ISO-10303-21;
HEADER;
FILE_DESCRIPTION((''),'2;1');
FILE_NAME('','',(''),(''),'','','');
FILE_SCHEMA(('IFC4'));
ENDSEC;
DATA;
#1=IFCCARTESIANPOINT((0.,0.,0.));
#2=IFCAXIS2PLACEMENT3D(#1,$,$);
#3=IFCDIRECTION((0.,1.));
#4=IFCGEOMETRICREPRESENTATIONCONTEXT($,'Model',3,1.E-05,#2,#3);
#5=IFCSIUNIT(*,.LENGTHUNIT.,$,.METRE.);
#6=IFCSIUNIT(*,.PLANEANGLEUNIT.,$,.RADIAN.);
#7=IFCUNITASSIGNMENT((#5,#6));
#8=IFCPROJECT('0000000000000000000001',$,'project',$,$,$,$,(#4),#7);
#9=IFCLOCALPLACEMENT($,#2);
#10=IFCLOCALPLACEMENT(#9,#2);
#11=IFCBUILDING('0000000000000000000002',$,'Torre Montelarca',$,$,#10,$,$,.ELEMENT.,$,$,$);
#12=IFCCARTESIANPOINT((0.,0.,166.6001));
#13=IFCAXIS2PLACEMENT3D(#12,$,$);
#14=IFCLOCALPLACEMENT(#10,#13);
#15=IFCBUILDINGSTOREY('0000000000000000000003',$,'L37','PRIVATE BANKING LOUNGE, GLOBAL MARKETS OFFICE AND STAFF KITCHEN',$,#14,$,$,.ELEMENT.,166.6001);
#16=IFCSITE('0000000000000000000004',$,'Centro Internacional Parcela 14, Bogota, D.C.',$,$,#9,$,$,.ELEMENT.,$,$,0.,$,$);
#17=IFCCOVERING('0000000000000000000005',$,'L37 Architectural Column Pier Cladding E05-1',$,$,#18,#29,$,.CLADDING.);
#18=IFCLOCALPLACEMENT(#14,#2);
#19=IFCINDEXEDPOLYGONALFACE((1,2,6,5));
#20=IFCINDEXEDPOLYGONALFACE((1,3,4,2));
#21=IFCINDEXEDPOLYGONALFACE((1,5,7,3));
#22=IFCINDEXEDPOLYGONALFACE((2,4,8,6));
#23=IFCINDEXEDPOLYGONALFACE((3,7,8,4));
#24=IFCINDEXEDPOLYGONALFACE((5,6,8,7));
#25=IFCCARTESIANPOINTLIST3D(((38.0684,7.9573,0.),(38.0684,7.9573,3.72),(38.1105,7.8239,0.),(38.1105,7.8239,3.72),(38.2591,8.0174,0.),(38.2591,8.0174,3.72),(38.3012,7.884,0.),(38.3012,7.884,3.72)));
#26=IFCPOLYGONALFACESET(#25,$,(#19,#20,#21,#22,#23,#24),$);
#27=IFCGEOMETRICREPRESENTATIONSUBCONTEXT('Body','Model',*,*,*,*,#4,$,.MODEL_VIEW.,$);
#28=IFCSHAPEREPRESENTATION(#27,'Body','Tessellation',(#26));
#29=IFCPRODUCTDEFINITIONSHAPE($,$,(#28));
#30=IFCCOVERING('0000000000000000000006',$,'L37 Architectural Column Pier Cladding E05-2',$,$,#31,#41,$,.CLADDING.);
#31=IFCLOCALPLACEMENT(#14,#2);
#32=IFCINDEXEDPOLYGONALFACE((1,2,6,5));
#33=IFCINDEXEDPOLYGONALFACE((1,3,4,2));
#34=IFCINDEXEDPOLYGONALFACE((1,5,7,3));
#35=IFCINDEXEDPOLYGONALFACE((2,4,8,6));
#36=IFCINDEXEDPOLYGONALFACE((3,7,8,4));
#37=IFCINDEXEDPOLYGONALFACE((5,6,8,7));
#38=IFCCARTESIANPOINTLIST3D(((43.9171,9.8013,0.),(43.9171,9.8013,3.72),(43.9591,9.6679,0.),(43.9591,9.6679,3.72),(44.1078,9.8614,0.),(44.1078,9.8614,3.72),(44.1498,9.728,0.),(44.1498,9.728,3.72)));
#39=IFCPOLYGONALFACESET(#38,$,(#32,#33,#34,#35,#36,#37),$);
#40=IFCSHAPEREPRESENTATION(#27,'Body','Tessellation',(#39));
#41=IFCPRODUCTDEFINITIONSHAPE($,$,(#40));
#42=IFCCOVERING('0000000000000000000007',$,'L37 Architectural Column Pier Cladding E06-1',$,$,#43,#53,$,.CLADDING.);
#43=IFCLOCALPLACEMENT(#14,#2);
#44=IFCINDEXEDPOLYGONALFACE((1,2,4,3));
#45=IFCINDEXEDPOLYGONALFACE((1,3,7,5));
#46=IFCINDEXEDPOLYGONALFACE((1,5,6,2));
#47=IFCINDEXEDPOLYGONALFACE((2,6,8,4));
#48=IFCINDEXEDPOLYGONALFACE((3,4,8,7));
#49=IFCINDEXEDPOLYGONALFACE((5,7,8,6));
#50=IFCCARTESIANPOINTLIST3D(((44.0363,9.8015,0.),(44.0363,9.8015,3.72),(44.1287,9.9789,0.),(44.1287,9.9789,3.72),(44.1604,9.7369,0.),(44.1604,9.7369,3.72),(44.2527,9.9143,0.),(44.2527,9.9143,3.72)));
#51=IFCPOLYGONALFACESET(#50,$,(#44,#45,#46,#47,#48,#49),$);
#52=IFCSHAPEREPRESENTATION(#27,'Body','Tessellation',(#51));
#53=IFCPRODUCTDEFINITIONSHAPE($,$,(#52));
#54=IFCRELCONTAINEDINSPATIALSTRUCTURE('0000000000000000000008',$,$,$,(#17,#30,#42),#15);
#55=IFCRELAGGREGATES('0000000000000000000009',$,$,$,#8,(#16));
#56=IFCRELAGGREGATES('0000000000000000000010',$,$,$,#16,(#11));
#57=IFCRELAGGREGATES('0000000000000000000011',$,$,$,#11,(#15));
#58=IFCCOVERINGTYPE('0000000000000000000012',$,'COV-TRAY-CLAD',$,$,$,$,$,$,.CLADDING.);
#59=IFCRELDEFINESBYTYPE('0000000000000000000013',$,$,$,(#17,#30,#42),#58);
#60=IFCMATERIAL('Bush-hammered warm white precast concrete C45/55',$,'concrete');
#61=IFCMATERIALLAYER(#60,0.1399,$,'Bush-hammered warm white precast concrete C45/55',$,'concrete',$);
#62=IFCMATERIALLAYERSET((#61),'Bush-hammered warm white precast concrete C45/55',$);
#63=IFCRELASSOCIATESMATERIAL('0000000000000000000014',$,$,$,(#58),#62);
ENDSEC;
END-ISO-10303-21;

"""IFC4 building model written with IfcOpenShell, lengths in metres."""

from ifc_helpers import new_model, si_unit, direction, frame, origin, origin_2d, place, context, subcontext, project, spatial, rectangle, extrude, source, transform, mapped, material, layer, layer_set, type_object, element, save


model = new_model("IFC4")

# Units and contexts
model_context = context("Model", 3, precision=1e-05, world=origin(), true_north=direction((0.0, 1.0)))
body_context = subcontext(model_context, "Body", "Model", "MODEL_VIEW")
ifc_project = project(units=[si_unit("LENGTHUNIT", "METRE"), si_unit("PLANEANGLEUNIT", "RADIAN")], contexts=[model_context])

# Site, building, storey
site_placement = place(None, origin())
site = spatial("IfcSite", under=ifc_project, at=site_placement, Name="Centro Internacional Parcela 14, Bogota, D.C.", CompositionType="ELEMENT", RefElevation=0.0)
building_placement = place(site_placement, origin())
building = spatial("IfcBuilding", under=site, at=building_placement, Name="Torre Montelarca", CompositionType="ELEMENT")
storey_placement = place(building_placement, frame((0.0, 0.0, 166.6001)))
storey = spatial("IfcBuildingStorey", under=building, at=storey_placement, Name="L37", Description="PRIVATE BANKING LOUNGE, GLOBAL MARKETS OFFICE AND STAFF KITCHEN", CompositionType="ELEMENT", Elevation=166.6001)

# Coverings
ifc_material_1 = material(Name="Bush-hammered warm white precast concrete C45/55", Category="concrete")
ifc_layer_1 = layer(ifc_material_1, 0.1399, Name="Bush-hammered warm white precast concrete C45/55", Category="concrete")
ifc_layer_set_1 = layer_set([ifc_layer_1], Name="Bush-hammered warm white precast concrete C45/55")
covering_type = type_object("IfcCoveringType", Name="COV-TRAY-CLAD", PredefinedType="CLADDING", material=ifc_layer_set_1)
shared_shape_1 = source(origin(), body_context, "Body", "SweptSolid", [
    extrude(rectangle(XDim=0.2, YDim=0.1399, at=origin_2d()), origin(), (0.0, 0.0, 1.0), 3.72),
])
for number, where, z_axis, x_axis, name in (
    (1, (38.1848, 7.9207, 0.0), (0.0, 0.0, 1.0), (0.953723, 0.300686, 0.0), "L37 Architectural Column Pier Cladding E05-1"),
    (2, (44.0334, 9.7646, 0.0), (0.0, 0.0, 1.0), (0.953723, 0.300686, 0.0), "L37 Architectural Column Pier Cladding E05-2"),
    (3, (44.1445, 9.8579, 0.0), (0.0, 0.0, 1.0), (0.461744, 0.887013, 0.0), "L37 Architectural Column Pier Cladding E06-1"),
):
    element("IfcCovering", number, at=place(storey_placement, frame(where, z_axis=z_axis, x_axis=x_axis)), inside=storey, type_object=covering_type, Name=name, PredefinedType="CLADDING", context=body_context, shape_type="MappedRepresentation", body=[
        mapped(shared_shape_1, transform((0.0, 0.0, 0.0), scale=1.0)),
    ])

save(model, "model.ifc")
